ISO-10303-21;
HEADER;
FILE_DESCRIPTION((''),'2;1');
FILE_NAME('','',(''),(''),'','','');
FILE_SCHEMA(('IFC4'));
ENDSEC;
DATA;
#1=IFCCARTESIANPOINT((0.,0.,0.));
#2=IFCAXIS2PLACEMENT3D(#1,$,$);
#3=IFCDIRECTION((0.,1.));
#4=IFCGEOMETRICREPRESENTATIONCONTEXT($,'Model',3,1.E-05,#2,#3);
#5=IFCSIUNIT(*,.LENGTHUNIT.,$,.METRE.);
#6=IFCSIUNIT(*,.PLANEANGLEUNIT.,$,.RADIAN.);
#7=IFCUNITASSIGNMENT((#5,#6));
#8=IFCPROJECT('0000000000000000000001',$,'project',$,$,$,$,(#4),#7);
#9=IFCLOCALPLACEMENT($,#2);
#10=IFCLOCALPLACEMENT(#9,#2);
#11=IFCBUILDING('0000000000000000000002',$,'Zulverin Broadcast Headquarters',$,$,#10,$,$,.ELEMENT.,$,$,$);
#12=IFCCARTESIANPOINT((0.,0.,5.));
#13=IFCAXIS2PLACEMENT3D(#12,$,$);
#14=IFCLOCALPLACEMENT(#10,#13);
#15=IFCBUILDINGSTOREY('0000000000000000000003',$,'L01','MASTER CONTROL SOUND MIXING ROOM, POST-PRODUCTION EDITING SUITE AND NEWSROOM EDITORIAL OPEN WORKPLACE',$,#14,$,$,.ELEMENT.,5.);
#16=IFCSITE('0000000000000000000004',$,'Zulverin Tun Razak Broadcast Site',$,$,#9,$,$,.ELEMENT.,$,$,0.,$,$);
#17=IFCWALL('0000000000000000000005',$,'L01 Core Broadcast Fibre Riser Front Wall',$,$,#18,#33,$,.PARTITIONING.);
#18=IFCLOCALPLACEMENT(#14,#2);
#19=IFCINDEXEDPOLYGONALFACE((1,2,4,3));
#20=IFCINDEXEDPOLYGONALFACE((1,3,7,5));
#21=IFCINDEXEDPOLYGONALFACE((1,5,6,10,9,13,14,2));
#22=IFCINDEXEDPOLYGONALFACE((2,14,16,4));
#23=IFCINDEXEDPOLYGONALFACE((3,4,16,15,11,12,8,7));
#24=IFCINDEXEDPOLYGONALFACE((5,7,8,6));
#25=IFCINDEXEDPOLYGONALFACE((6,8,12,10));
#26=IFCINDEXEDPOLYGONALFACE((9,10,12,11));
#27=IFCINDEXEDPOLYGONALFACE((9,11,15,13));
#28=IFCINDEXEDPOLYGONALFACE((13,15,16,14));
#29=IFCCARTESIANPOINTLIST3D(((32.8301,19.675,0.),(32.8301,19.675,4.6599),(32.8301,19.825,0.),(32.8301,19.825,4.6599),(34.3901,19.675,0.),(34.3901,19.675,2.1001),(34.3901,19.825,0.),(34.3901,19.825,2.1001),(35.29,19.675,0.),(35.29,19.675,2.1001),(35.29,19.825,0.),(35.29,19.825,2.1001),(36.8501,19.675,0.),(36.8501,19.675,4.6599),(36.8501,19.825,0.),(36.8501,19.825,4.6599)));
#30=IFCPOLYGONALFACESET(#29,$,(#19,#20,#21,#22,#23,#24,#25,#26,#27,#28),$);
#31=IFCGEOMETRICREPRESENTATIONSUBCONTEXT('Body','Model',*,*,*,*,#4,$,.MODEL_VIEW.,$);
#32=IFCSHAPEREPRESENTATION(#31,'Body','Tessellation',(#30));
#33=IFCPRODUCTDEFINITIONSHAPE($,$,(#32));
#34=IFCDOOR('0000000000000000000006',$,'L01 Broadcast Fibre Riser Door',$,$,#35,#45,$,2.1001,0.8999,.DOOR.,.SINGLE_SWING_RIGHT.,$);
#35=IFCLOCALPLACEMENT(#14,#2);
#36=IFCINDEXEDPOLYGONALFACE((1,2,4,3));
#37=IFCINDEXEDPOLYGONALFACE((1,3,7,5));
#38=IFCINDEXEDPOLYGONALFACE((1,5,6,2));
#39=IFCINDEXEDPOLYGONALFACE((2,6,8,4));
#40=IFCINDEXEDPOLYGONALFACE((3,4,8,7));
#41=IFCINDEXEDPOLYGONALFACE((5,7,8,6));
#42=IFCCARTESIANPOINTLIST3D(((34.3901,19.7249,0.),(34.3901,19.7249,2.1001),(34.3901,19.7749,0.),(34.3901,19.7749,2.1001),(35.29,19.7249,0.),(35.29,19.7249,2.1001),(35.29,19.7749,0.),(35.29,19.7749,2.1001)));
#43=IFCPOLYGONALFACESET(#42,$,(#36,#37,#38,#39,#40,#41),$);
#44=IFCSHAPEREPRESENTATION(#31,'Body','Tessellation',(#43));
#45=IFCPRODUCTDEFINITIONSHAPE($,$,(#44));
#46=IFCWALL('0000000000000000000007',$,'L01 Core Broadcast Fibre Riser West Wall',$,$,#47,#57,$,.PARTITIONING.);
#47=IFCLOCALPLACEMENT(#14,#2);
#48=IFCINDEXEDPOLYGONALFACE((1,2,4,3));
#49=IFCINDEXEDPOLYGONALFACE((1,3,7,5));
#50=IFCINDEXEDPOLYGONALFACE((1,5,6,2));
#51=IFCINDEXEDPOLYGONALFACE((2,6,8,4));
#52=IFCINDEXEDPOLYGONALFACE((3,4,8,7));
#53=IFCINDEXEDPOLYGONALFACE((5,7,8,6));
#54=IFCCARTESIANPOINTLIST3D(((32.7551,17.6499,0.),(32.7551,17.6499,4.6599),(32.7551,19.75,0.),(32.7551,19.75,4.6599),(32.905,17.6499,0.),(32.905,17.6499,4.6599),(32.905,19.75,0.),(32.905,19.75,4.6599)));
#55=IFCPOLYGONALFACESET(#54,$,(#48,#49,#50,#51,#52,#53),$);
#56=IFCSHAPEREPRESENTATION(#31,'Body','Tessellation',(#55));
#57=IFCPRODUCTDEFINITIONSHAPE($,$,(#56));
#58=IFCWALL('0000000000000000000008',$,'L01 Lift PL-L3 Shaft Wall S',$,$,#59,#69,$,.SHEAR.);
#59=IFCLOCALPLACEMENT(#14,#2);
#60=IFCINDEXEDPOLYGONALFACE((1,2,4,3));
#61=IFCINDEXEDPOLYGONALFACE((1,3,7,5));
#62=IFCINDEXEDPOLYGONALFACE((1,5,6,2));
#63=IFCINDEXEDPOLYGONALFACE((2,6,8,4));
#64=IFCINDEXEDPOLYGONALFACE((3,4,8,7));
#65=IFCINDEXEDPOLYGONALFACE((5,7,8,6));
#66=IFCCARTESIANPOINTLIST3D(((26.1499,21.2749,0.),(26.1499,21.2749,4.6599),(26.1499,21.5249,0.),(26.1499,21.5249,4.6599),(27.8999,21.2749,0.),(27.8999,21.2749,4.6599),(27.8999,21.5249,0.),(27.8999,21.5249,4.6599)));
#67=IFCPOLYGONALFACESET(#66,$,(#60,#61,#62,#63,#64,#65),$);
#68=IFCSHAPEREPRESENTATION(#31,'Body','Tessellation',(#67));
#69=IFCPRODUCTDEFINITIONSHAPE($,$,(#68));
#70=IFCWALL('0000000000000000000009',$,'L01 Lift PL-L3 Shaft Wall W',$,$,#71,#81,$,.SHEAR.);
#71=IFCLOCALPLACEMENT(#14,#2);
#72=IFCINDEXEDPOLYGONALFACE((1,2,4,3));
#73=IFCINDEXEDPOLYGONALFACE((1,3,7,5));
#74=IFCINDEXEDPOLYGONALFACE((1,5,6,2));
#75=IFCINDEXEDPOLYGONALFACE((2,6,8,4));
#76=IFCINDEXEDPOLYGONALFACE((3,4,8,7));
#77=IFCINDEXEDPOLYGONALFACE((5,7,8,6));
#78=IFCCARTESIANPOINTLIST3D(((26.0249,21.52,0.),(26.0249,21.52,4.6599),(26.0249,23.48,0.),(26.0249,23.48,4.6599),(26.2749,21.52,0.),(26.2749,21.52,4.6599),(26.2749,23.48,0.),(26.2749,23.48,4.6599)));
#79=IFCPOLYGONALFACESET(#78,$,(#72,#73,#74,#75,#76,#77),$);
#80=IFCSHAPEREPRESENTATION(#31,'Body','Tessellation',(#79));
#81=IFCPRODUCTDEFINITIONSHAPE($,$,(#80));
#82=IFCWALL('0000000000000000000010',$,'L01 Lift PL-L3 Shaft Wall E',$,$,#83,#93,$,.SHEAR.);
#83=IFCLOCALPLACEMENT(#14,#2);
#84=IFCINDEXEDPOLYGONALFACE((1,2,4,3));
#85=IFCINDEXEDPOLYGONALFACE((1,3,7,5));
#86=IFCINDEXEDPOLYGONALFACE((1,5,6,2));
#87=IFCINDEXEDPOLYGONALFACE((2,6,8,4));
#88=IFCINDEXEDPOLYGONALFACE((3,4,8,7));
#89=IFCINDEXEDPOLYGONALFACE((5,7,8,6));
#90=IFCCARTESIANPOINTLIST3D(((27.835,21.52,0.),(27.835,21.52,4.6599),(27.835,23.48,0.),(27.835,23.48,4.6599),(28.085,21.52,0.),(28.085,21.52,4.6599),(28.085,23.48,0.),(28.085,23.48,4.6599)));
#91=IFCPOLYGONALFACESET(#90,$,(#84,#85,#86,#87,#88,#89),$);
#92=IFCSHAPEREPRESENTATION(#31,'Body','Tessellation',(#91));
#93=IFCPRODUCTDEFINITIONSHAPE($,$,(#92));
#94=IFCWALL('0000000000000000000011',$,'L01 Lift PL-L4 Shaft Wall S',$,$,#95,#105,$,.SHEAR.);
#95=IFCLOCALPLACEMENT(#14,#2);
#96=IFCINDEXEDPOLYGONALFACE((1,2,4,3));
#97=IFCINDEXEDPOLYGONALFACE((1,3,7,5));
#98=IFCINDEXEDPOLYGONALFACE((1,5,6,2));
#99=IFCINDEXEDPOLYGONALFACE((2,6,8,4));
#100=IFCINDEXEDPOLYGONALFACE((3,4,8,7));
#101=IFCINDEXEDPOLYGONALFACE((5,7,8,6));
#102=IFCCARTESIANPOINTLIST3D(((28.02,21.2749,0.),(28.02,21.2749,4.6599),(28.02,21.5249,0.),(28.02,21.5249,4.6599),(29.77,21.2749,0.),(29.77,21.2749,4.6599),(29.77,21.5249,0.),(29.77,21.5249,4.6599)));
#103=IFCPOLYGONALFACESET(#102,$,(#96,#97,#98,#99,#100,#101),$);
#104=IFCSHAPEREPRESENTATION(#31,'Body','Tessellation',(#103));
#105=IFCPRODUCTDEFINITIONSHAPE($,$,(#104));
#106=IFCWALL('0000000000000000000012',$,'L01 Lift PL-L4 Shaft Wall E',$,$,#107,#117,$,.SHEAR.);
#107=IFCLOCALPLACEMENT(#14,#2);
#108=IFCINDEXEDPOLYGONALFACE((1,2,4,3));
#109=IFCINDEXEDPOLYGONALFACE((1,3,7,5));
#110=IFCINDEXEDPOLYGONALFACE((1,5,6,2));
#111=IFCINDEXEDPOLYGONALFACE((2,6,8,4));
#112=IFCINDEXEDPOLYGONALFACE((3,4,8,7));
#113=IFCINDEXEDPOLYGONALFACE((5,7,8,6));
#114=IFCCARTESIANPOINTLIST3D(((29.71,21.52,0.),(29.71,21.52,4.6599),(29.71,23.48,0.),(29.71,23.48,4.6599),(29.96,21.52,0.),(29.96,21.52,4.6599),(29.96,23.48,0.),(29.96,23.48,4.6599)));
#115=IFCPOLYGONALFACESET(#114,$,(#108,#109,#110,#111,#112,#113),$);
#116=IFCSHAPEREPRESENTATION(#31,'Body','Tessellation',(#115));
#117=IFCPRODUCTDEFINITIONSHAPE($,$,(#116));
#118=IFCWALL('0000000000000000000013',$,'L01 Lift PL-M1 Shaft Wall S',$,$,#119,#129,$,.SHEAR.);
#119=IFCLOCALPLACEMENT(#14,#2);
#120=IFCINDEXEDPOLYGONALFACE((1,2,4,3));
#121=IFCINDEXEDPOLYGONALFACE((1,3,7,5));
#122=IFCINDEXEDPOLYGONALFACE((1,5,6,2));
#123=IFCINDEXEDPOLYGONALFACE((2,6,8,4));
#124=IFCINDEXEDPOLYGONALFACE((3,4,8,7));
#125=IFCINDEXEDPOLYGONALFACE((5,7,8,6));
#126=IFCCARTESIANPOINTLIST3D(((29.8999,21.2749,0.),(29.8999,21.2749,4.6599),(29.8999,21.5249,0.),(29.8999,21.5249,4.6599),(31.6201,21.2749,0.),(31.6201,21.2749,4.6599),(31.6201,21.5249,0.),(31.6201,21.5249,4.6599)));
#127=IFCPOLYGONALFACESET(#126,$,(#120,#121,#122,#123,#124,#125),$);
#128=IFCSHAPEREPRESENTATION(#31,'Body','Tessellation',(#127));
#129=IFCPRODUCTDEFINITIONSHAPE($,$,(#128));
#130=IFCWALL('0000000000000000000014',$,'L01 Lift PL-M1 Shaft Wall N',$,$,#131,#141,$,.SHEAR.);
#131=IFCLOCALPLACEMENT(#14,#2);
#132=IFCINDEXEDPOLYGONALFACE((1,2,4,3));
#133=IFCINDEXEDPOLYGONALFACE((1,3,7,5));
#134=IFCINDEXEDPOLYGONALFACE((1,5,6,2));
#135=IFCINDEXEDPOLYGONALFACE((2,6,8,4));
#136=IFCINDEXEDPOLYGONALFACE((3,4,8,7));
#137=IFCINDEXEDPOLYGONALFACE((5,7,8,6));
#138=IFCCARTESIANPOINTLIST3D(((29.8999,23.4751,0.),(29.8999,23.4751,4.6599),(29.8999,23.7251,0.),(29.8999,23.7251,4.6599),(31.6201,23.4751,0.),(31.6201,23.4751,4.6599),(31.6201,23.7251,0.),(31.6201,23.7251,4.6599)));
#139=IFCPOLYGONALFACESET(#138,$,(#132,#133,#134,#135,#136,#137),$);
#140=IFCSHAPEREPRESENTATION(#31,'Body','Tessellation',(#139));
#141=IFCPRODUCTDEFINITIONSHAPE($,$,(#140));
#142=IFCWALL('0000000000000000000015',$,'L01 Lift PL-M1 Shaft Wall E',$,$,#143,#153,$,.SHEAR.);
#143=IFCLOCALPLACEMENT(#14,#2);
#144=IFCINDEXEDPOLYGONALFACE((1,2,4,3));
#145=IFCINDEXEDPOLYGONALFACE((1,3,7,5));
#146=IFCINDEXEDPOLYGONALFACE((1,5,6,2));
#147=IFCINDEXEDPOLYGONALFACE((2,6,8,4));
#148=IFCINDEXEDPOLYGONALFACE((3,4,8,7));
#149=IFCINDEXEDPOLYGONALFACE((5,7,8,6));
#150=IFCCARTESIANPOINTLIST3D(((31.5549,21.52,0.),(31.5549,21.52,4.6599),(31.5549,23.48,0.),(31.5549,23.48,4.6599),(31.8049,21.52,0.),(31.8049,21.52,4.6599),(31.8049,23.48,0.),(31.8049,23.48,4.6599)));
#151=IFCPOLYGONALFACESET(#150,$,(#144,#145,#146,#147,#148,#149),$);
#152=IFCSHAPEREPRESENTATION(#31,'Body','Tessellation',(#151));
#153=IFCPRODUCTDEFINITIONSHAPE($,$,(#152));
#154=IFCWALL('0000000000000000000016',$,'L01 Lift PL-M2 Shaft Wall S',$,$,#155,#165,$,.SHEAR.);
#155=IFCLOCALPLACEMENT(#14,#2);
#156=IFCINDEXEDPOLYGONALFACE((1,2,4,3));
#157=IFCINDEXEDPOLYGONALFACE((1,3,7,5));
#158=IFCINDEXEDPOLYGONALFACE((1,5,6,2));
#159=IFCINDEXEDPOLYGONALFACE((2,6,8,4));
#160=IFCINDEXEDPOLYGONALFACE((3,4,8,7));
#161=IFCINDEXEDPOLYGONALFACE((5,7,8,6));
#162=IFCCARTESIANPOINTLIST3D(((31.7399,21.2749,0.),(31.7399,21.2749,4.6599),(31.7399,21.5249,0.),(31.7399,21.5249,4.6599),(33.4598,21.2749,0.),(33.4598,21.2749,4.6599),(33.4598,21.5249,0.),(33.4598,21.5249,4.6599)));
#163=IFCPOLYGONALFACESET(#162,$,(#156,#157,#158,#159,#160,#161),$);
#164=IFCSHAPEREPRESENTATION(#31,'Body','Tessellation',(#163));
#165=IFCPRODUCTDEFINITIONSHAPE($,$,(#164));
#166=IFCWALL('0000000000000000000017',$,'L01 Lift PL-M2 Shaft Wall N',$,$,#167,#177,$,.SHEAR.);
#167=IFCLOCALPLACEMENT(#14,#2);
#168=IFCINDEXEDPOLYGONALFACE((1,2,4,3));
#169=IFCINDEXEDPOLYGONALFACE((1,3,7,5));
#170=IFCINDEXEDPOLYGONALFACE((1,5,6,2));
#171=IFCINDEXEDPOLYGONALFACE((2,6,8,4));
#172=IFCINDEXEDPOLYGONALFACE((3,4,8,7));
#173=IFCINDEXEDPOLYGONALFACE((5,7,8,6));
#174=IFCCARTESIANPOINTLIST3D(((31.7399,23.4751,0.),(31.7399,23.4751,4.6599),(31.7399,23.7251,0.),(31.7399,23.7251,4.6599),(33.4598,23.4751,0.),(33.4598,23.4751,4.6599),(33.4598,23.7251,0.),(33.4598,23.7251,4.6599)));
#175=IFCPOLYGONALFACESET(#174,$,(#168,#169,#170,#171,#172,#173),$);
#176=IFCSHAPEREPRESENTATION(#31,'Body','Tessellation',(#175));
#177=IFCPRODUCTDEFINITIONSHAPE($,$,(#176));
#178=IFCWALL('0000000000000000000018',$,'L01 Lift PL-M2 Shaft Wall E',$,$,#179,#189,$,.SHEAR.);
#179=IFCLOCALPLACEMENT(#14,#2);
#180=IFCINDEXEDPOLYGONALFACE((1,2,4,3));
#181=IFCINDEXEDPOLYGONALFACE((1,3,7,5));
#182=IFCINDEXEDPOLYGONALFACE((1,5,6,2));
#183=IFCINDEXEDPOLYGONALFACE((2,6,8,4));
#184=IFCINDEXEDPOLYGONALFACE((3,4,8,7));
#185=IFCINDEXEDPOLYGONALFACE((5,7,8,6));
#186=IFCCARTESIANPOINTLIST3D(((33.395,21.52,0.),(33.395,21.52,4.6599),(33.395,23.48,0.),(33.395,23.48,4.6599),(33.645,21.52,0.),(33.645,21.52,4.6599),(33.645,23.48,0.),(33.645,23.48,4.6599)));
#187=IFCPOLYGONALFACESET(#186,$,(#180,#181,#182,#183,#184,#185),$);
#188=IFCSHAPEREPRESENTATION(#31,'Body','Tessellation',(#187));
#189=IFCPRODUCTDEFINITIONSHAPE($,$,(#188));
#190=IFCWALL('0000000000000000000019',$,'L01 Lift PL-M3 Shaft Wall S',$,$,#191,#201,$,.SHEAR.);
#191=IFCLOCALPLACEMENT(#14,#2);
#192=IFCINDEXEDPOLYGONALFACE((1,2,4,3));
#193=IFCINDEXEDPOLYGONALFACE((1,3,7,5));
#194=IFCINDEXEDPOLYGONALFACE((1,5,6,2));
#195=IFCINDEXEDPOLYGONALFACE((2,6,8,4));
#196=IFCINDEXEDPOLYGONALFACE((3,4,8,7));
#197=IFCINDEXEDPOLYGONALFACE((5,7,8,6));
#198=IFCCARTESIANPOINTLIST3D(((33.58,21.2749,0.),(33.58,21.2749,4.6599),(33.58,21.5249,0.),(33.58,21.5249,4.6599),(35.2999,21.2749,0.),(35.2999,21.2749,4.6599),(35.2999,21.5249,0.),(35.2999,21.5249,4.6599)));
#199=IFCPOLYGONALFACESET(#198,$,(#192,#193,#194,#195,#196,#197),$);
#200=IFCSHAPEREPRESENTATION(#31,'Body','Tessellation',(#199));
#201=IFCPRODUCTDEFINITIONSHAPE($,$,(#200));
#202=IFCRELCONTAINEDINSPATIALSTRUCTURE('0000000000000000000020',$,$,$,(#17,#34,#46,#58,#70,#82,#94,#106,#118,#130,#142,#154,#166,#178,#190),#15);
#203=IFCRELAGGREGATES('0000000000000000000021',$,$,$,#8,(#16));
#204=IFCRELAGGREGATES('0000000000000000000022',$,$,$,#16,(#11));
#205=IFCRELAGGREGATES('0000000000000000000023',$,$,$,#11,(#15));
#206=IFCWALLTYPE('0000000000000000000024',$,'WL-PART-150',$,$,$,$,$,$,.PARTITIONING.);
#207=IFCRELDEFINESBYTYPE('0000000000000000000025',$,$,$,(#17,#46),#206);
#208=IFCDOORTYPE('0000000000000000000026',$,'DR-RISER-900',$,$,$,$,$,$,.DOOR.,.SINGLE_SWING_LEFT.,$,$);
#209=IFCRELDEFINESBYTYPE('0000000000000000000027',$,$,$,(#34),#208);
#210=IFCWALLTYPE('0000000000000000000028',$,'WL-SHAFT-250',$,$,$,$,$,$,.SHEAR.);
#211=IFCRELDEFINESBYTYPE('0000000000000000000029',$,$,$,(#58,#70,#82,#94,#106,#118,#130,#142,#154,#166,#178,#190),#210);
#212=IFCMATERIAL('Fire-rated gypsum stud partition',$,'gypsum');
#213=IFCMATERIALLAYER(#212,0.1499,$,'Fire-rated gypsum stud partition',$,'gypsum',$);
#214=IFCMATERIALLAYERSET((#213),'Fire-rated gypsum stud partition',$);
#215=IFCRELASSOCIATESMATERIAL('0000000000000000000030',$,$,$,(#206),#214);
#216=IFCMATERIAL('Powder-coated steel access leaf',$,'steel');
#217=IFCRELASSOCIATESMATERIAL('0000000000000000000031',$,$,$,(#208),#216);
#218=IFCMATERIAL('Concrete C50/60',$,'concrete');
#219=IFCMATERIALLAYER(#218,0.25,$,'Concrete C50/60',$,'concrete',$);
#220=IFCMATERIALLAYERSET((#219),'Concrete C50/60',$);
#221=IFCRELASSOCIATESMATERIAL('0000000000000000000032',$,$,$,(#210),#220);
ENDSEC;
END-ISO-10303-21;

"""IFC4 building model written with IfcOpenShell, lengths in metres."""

from ifc_helpers import new_model, si_unit, direction, frame, frame_2d, origin, place, context, subcontext, project, spatial, rectangle, extrude, material, layer, layer_set, type_object, element, fill, save


model = new_model("IFC4")

# Units and contexts
model_context = context("Model", 3, precision=1e-05, world=origin(), true_north=direction((0.0, 1.0)))
body_context = subcontext(model_context, "Body", "Model", "MODEL_VIEW")
ifc_project = project(units=[si_unit("LENGTHUNIT", "METRE"), si_unit("PLANEANGLEUNIT", "RADIAN")], contexts=[model_context])

# Site, building, storey
site_placement = place(None, origin())
site = spatial("IfcSite", under=ifc_project, at=site_placement, Name="Zulverin Tun Razak Broadcast Site", CompositionType="ELEMENT", RefElevation=0.0)
building_placement = place(site_placement, origin())
building = spatial("IfcBuilding", under=site, at=building_placement, Name="Zulverin Broadcast Headquarters", CompositionType="ELEMENT")
storey_placement = place(building_placement, frame((0.0, 0.0, 5.0)))
storey = spatial("IfcBuildingStorey", under=building, at=storey_placement, Name="L01", Description="MASTER CONTROL SOUND MIXING ROOM, POST-PRODUCTION EDITING SUITE AND NEWSROOM EDITORIAL OPEN WORKPLACE", CompositionType="ELEMENT", Elevation=5.0)

# Shared definitions
ifc_material_1 = material(Name="Fire-rated gypsum stud partition", Category="gypsum")
ifc_layer_1 = layer(ifc_material_1, 0.1499, Name="Fire-rated gypsum stud partition", Category="gypsum")
ifc_layer_set_1 = layer_set([ifc_layer_1], Name="Fire-rated gypsum stud partition")
wall_type_1 = type_object("IfcWallType", Name="WL-PART-150", PredefinedType="PARTITIONING", material=ifc_layer_set_1)

# Shared definitions
ifc_material_2 = material(Name="Powder-coated steel access leaf", Category="steel")
door_type_1 = type_object("IfcDoorType", Name="DR-RISER-900", OperationType="SINGLE_SWING_LEFT", PredefinedType="DOOR", material=ifc_material_2)

# Wall, opening, door
wall_1_placement = place(storey_placement, frame((32.8301, 19.75, 0.0), z_axis=(0.0, 0.0, 1.0), x_axis=(1.0, 0.0, 0.0)))
wall_1 = element("IfcWall", 1, at=wall_1_placement, inside=storey, type_object=wall_type_1, Name="L01 Core Broadcast Fibre Riser Front Wall", PredefinedType="PARTITIONING", context=body_context, shape_type="SweptSolid", body=[
    extrude(rectangle(XDim=4.02, YDim=0.1499, at=frame_2d((2.01, 0.0))), origin(), (0.0, 0.0, 1.0), 4.6599),
])
opening_1_placement = place(wall_1_placement, frame((1.5601, 0.0, 0.0)))
opening_1 = element("IfcOpeningElement", 2, at=opening_1_placement, cuts=wall_1, PredefinedType="OPENING", context=body_context, shape_type="SweptSolid", body=[
    extrude(rectangle(XDim=0.8999, YDim=2.1001, at=frame_2d((0.45, 1.05))), frame((0.0, 0.085, 0.0), z_axis=(0.0, -1.0, 0.0), x_axis=(1.0, 0.0, 0.0)), (0.0, 0.0, 1.0), 0.1699),
])
door_1_placement = place(opening_1_placement, origin())
door_1 = element("IfcDoor", 3, at=door_1_placement, inside=storey, type_object=door_type_1, Name="L01 Broadcast Fibre Riser Door", OperationType="SINGLE_SWING_RIGHT", OverallHeight=2.1001, OverallWidth=0.8999, PredefinedType="DOOR", context=body_context, shape_type="SweptSolid", body=[
    extrude(rectangle(XDim=0.8999, YDim=2.1001, at=frame_2d((0.45, 1.05))), frame((0.0, 0.0249, 0.0), z_axis=(0.0, -1.0, 0.0), x_axis=(1.0, 0.0, 0.0)), (0.0, 0.0, 1.0), 0.05),
])
fill(opening_1, door_1)

# Walls
wall_2_placement = place(storey_placement, frame((32.8301, 17.6499, 0.0), z_axis=(0.0, 0.0, 1.0), x_axis=(0.0, 1.0, 0.0)))
element("IfcWall", 4, at=wall_2_placement, inside=storey, type_object=wall_type_1, Name="L01 Core Broadcast Fibre Riser West Wall", PredefinedType="PARTITIONING", context=body_context, shape_type="SweptSolid", body=[
    extrude(rectangle(XDim=2.1001, YDim=0.1499, at=frame_2d((1.05, 0.0))), origin(), (0.0, 0.0, 1.0), 4.6599),
])
ifc_material_3 = material(Name="Concrete C50/60", Category="concrete")
ifc_layer_2 = layer(ifc_material_3, 0.25, Name="Concrete C50/60", Category="concrete")
ifc_layer_set_2 = layer_set([ifc_layer_2], Name="Concrete C50/60")
wall_type_2 = type_object("IfcWallType", Name="WL-SHAFT-250", PredefinedType="SHEAR", material=ifc_layer_set_2)
wall_3_placement = place(storey_placement, frame((26.1499, 21.3999, 0.0), z_axis=(0.0, 0.0, 1.0), x_axis=(1.0, 0.0, 0.0)))
element("IfcWall", 5, at=wall_3_placement, inside=storey, type_object=wall_type_2, Name="L01 Lift PL-L3 Shaft Wall S", PredefinedType="SHEAR", context=body_context, shape_type="SweptSolid", body=[
    extrude(rectangle(XDim=1.75, YDim=0.25, at=frame_2d((0.875, 0.0))), origin(), (0.0, 0.0, 1.0), 4.6599),
])

# Walls
for number, where, z_axis, x_axis, name in (
    (6, (26.1499, 21.52, 0.0), (0.0, 0.0, 1.0), (0.0, 1.0, 0.0), "L01 Lift PL-L3 Shaft Wall W"),
    (7, (27.96, 21.52, 0.0), (0.0, 0.0, 1.0), (0.0, 1.0, 0.0), "L01 Lift PL-L3 Shaft Wall E"),
):
    element("IfcWall", number, at=place(storey_placement, frame(where, z_axis=z_axis, x_axis=x_axis)), inside=storey, type_object=wall_type_2, Name=name, PredefinedType="SHEAR", context=body_context, shape_type="SweptSolid", body=[
        extrude(rectangle(XDim=1.96, YDim=0.25, at=frame_2d((0.98, 0.0))), origin(), (0.0, 0.0, 1.0), 4.6599),
    ])
wall_4_placement = place(storey_placement, frame((28.02, 21.3999, 0.0), z_axis=(0.0, 0.0, 1.0), x_axis=(1.0, 0.0, 0.0)))
element("IfcWall", 8, at=wall_4_placement, inside=storey, type_object=wall_type_2, Name="L01 Lift PL-L4 Shaft Wall S", PredefinedType="SHEAR", context=body_context, shape_type="SweptSolid", body=[
    extrude(rectangle(XDim=1.75, YDim=0.25, at=frame_2d((0.875, 0.0))), origin(), (0.0, 0.0, 1.0), 4.6599),
])

# Walls
wall_5_placement = place(storey_placement, frame((29.835, 21.52, 0.0), z_axis=(0.0, 0.0, 1.0), x_axis=(0.0, 1.0, 0.0)))
element("IfcWall", 9, at=wall_5_placement, inside=storey, type_object=wall_type_2, Name="L01 Lift PL-L4 Shaft Wall E", PredefinedType="SHEAR", context=body_context, shape_type="SweptSolid", body=[
    extrude(rectangle(XDim=1.96, YDim=0.25, at=frame_2d((0.98, 0.0))), origin(), (0.0, 0.0, 1.0), 4.6599),
])
for number, where, z_axis, x_axis, name in (
    (10, (29.8999, 21.3999, 0.0), (0.0, 0.0, 1.0), (1.0, 0.0, 0.0), "L01 Lift PL-M1 Shaft Wall S"),
    (11, (29.8999, 23.6001, 0.0), (0.0, 0.0, 1.0), (1.0, 0.0, 0.0), "L01 Lift PL-M1 Shaft Wall N"),
):
    element("IfcWall", number, at=place(storey_placement, frame(where, z_axis=z_axis, x_axis=x_axis)), inside=storey, type_object=wall_type_2, Name=name, PredefinedType="SHEAR", context=body_context, shape_type="SweptSolid", body=[
        extrude(rectangle(XDim=1.7202, YDim=0.25, at=frame_2d((0.8601, 0.0))), origin(), (0.0, 0.0, 1.0), 4.6599),
    ])
wall_6_placement = place(storey_placement, frame((31.6799, 21.52, 0.0), z_axis=(0.0, 0.0, 1.0), x_axis=(0.0, 1.0, 0.0)))
element("IfcWall", 12, at=wall_6_placement, inside=storey, type_object=wall_type_2, Name="L01 Lift PL-M1 Shaft Wall E", PredefinedType="SHEAR", context=body_context, shape_type="SweptSolid", body=[
    extrude(rectangle(XDim=1.96, YDim=0.25, at=frame_2d((0.98, 0.0))), origin(), (0.0, 0.0, 1.0), 4.6599),
])
for number, where, z_axis, x_axis, name in (
    (13, (31.74, 21.3999, 0.0), (0.0, 0.0, 1.0), (1.0, 0.0, 0.0), "L01 Lift PL-M2 Shaft Wall S"),
    (14, (31.74, 23.6001, 0.0), (0.0, 0.0, 1.0), (1.0, 0.0, 0.0), "L01 Lift PL-M2 Shaft Wall N"),
):
    element("IfcWall", number, at=place(storey_placement, frame(where, z_axis=z_axis, x_axis=x_axis)), inside=storey, type_object=wall_type_2, Name=name, PredefinedType="SHEAR", context=body_context, shape_type="SweptSolid", body=[
        extrude(rectangle(XDim=1.72, YDim=0.25, at=frame_2d((0.8599, 0.0))), origin(), (0.0, 0.0, 1.0), 4.6599),
    ])
wall_7_placement = place(storey_placement, frame((33.52, 21.52, 0.0), z_axis=(0.0, 0.0, 1.0), x_axis=(0.0, 1.0, 0.0)))
element("IfcWall", 15, at=wall_7_placement, inside=storey, type_object=wall_type_2, Name="L01 Lift PL-M2 Shaft Wall E", PredefinedType="SHEAR", context=body_context, shape_type="SweptSolid", body=[
    extrude(rectangle(XDim=1.96, YDim=0.25, at=frame_2d((0.98, 0.0))), origin(), (0.0, 0.0, 1.0), 4.6599),
])
wall_8_placement = place(storey_placement, frame((33.5801, 21.3999, 0.0), z_axis=(0.0, 0.0, 1.0), x_axis=(1.0, 0.0, 0.0)))
element("IfcWall", 16, at=wall_8_placement, inside=storey, type_object=wall_type_2, Name="L01 Lift PL-M3 Shaft Wall S", PredefinedType="SHEAR", context=body_context, shape_type="SweptSolid", body=[
    extrude(rectangle(XDim=1.72, YDim=0.25, at=frame_2d((0.8599, 0.0))), origin(), (0.0, 0.0, 1.0), 4.6599),
])

save(model, "model.ifc")
